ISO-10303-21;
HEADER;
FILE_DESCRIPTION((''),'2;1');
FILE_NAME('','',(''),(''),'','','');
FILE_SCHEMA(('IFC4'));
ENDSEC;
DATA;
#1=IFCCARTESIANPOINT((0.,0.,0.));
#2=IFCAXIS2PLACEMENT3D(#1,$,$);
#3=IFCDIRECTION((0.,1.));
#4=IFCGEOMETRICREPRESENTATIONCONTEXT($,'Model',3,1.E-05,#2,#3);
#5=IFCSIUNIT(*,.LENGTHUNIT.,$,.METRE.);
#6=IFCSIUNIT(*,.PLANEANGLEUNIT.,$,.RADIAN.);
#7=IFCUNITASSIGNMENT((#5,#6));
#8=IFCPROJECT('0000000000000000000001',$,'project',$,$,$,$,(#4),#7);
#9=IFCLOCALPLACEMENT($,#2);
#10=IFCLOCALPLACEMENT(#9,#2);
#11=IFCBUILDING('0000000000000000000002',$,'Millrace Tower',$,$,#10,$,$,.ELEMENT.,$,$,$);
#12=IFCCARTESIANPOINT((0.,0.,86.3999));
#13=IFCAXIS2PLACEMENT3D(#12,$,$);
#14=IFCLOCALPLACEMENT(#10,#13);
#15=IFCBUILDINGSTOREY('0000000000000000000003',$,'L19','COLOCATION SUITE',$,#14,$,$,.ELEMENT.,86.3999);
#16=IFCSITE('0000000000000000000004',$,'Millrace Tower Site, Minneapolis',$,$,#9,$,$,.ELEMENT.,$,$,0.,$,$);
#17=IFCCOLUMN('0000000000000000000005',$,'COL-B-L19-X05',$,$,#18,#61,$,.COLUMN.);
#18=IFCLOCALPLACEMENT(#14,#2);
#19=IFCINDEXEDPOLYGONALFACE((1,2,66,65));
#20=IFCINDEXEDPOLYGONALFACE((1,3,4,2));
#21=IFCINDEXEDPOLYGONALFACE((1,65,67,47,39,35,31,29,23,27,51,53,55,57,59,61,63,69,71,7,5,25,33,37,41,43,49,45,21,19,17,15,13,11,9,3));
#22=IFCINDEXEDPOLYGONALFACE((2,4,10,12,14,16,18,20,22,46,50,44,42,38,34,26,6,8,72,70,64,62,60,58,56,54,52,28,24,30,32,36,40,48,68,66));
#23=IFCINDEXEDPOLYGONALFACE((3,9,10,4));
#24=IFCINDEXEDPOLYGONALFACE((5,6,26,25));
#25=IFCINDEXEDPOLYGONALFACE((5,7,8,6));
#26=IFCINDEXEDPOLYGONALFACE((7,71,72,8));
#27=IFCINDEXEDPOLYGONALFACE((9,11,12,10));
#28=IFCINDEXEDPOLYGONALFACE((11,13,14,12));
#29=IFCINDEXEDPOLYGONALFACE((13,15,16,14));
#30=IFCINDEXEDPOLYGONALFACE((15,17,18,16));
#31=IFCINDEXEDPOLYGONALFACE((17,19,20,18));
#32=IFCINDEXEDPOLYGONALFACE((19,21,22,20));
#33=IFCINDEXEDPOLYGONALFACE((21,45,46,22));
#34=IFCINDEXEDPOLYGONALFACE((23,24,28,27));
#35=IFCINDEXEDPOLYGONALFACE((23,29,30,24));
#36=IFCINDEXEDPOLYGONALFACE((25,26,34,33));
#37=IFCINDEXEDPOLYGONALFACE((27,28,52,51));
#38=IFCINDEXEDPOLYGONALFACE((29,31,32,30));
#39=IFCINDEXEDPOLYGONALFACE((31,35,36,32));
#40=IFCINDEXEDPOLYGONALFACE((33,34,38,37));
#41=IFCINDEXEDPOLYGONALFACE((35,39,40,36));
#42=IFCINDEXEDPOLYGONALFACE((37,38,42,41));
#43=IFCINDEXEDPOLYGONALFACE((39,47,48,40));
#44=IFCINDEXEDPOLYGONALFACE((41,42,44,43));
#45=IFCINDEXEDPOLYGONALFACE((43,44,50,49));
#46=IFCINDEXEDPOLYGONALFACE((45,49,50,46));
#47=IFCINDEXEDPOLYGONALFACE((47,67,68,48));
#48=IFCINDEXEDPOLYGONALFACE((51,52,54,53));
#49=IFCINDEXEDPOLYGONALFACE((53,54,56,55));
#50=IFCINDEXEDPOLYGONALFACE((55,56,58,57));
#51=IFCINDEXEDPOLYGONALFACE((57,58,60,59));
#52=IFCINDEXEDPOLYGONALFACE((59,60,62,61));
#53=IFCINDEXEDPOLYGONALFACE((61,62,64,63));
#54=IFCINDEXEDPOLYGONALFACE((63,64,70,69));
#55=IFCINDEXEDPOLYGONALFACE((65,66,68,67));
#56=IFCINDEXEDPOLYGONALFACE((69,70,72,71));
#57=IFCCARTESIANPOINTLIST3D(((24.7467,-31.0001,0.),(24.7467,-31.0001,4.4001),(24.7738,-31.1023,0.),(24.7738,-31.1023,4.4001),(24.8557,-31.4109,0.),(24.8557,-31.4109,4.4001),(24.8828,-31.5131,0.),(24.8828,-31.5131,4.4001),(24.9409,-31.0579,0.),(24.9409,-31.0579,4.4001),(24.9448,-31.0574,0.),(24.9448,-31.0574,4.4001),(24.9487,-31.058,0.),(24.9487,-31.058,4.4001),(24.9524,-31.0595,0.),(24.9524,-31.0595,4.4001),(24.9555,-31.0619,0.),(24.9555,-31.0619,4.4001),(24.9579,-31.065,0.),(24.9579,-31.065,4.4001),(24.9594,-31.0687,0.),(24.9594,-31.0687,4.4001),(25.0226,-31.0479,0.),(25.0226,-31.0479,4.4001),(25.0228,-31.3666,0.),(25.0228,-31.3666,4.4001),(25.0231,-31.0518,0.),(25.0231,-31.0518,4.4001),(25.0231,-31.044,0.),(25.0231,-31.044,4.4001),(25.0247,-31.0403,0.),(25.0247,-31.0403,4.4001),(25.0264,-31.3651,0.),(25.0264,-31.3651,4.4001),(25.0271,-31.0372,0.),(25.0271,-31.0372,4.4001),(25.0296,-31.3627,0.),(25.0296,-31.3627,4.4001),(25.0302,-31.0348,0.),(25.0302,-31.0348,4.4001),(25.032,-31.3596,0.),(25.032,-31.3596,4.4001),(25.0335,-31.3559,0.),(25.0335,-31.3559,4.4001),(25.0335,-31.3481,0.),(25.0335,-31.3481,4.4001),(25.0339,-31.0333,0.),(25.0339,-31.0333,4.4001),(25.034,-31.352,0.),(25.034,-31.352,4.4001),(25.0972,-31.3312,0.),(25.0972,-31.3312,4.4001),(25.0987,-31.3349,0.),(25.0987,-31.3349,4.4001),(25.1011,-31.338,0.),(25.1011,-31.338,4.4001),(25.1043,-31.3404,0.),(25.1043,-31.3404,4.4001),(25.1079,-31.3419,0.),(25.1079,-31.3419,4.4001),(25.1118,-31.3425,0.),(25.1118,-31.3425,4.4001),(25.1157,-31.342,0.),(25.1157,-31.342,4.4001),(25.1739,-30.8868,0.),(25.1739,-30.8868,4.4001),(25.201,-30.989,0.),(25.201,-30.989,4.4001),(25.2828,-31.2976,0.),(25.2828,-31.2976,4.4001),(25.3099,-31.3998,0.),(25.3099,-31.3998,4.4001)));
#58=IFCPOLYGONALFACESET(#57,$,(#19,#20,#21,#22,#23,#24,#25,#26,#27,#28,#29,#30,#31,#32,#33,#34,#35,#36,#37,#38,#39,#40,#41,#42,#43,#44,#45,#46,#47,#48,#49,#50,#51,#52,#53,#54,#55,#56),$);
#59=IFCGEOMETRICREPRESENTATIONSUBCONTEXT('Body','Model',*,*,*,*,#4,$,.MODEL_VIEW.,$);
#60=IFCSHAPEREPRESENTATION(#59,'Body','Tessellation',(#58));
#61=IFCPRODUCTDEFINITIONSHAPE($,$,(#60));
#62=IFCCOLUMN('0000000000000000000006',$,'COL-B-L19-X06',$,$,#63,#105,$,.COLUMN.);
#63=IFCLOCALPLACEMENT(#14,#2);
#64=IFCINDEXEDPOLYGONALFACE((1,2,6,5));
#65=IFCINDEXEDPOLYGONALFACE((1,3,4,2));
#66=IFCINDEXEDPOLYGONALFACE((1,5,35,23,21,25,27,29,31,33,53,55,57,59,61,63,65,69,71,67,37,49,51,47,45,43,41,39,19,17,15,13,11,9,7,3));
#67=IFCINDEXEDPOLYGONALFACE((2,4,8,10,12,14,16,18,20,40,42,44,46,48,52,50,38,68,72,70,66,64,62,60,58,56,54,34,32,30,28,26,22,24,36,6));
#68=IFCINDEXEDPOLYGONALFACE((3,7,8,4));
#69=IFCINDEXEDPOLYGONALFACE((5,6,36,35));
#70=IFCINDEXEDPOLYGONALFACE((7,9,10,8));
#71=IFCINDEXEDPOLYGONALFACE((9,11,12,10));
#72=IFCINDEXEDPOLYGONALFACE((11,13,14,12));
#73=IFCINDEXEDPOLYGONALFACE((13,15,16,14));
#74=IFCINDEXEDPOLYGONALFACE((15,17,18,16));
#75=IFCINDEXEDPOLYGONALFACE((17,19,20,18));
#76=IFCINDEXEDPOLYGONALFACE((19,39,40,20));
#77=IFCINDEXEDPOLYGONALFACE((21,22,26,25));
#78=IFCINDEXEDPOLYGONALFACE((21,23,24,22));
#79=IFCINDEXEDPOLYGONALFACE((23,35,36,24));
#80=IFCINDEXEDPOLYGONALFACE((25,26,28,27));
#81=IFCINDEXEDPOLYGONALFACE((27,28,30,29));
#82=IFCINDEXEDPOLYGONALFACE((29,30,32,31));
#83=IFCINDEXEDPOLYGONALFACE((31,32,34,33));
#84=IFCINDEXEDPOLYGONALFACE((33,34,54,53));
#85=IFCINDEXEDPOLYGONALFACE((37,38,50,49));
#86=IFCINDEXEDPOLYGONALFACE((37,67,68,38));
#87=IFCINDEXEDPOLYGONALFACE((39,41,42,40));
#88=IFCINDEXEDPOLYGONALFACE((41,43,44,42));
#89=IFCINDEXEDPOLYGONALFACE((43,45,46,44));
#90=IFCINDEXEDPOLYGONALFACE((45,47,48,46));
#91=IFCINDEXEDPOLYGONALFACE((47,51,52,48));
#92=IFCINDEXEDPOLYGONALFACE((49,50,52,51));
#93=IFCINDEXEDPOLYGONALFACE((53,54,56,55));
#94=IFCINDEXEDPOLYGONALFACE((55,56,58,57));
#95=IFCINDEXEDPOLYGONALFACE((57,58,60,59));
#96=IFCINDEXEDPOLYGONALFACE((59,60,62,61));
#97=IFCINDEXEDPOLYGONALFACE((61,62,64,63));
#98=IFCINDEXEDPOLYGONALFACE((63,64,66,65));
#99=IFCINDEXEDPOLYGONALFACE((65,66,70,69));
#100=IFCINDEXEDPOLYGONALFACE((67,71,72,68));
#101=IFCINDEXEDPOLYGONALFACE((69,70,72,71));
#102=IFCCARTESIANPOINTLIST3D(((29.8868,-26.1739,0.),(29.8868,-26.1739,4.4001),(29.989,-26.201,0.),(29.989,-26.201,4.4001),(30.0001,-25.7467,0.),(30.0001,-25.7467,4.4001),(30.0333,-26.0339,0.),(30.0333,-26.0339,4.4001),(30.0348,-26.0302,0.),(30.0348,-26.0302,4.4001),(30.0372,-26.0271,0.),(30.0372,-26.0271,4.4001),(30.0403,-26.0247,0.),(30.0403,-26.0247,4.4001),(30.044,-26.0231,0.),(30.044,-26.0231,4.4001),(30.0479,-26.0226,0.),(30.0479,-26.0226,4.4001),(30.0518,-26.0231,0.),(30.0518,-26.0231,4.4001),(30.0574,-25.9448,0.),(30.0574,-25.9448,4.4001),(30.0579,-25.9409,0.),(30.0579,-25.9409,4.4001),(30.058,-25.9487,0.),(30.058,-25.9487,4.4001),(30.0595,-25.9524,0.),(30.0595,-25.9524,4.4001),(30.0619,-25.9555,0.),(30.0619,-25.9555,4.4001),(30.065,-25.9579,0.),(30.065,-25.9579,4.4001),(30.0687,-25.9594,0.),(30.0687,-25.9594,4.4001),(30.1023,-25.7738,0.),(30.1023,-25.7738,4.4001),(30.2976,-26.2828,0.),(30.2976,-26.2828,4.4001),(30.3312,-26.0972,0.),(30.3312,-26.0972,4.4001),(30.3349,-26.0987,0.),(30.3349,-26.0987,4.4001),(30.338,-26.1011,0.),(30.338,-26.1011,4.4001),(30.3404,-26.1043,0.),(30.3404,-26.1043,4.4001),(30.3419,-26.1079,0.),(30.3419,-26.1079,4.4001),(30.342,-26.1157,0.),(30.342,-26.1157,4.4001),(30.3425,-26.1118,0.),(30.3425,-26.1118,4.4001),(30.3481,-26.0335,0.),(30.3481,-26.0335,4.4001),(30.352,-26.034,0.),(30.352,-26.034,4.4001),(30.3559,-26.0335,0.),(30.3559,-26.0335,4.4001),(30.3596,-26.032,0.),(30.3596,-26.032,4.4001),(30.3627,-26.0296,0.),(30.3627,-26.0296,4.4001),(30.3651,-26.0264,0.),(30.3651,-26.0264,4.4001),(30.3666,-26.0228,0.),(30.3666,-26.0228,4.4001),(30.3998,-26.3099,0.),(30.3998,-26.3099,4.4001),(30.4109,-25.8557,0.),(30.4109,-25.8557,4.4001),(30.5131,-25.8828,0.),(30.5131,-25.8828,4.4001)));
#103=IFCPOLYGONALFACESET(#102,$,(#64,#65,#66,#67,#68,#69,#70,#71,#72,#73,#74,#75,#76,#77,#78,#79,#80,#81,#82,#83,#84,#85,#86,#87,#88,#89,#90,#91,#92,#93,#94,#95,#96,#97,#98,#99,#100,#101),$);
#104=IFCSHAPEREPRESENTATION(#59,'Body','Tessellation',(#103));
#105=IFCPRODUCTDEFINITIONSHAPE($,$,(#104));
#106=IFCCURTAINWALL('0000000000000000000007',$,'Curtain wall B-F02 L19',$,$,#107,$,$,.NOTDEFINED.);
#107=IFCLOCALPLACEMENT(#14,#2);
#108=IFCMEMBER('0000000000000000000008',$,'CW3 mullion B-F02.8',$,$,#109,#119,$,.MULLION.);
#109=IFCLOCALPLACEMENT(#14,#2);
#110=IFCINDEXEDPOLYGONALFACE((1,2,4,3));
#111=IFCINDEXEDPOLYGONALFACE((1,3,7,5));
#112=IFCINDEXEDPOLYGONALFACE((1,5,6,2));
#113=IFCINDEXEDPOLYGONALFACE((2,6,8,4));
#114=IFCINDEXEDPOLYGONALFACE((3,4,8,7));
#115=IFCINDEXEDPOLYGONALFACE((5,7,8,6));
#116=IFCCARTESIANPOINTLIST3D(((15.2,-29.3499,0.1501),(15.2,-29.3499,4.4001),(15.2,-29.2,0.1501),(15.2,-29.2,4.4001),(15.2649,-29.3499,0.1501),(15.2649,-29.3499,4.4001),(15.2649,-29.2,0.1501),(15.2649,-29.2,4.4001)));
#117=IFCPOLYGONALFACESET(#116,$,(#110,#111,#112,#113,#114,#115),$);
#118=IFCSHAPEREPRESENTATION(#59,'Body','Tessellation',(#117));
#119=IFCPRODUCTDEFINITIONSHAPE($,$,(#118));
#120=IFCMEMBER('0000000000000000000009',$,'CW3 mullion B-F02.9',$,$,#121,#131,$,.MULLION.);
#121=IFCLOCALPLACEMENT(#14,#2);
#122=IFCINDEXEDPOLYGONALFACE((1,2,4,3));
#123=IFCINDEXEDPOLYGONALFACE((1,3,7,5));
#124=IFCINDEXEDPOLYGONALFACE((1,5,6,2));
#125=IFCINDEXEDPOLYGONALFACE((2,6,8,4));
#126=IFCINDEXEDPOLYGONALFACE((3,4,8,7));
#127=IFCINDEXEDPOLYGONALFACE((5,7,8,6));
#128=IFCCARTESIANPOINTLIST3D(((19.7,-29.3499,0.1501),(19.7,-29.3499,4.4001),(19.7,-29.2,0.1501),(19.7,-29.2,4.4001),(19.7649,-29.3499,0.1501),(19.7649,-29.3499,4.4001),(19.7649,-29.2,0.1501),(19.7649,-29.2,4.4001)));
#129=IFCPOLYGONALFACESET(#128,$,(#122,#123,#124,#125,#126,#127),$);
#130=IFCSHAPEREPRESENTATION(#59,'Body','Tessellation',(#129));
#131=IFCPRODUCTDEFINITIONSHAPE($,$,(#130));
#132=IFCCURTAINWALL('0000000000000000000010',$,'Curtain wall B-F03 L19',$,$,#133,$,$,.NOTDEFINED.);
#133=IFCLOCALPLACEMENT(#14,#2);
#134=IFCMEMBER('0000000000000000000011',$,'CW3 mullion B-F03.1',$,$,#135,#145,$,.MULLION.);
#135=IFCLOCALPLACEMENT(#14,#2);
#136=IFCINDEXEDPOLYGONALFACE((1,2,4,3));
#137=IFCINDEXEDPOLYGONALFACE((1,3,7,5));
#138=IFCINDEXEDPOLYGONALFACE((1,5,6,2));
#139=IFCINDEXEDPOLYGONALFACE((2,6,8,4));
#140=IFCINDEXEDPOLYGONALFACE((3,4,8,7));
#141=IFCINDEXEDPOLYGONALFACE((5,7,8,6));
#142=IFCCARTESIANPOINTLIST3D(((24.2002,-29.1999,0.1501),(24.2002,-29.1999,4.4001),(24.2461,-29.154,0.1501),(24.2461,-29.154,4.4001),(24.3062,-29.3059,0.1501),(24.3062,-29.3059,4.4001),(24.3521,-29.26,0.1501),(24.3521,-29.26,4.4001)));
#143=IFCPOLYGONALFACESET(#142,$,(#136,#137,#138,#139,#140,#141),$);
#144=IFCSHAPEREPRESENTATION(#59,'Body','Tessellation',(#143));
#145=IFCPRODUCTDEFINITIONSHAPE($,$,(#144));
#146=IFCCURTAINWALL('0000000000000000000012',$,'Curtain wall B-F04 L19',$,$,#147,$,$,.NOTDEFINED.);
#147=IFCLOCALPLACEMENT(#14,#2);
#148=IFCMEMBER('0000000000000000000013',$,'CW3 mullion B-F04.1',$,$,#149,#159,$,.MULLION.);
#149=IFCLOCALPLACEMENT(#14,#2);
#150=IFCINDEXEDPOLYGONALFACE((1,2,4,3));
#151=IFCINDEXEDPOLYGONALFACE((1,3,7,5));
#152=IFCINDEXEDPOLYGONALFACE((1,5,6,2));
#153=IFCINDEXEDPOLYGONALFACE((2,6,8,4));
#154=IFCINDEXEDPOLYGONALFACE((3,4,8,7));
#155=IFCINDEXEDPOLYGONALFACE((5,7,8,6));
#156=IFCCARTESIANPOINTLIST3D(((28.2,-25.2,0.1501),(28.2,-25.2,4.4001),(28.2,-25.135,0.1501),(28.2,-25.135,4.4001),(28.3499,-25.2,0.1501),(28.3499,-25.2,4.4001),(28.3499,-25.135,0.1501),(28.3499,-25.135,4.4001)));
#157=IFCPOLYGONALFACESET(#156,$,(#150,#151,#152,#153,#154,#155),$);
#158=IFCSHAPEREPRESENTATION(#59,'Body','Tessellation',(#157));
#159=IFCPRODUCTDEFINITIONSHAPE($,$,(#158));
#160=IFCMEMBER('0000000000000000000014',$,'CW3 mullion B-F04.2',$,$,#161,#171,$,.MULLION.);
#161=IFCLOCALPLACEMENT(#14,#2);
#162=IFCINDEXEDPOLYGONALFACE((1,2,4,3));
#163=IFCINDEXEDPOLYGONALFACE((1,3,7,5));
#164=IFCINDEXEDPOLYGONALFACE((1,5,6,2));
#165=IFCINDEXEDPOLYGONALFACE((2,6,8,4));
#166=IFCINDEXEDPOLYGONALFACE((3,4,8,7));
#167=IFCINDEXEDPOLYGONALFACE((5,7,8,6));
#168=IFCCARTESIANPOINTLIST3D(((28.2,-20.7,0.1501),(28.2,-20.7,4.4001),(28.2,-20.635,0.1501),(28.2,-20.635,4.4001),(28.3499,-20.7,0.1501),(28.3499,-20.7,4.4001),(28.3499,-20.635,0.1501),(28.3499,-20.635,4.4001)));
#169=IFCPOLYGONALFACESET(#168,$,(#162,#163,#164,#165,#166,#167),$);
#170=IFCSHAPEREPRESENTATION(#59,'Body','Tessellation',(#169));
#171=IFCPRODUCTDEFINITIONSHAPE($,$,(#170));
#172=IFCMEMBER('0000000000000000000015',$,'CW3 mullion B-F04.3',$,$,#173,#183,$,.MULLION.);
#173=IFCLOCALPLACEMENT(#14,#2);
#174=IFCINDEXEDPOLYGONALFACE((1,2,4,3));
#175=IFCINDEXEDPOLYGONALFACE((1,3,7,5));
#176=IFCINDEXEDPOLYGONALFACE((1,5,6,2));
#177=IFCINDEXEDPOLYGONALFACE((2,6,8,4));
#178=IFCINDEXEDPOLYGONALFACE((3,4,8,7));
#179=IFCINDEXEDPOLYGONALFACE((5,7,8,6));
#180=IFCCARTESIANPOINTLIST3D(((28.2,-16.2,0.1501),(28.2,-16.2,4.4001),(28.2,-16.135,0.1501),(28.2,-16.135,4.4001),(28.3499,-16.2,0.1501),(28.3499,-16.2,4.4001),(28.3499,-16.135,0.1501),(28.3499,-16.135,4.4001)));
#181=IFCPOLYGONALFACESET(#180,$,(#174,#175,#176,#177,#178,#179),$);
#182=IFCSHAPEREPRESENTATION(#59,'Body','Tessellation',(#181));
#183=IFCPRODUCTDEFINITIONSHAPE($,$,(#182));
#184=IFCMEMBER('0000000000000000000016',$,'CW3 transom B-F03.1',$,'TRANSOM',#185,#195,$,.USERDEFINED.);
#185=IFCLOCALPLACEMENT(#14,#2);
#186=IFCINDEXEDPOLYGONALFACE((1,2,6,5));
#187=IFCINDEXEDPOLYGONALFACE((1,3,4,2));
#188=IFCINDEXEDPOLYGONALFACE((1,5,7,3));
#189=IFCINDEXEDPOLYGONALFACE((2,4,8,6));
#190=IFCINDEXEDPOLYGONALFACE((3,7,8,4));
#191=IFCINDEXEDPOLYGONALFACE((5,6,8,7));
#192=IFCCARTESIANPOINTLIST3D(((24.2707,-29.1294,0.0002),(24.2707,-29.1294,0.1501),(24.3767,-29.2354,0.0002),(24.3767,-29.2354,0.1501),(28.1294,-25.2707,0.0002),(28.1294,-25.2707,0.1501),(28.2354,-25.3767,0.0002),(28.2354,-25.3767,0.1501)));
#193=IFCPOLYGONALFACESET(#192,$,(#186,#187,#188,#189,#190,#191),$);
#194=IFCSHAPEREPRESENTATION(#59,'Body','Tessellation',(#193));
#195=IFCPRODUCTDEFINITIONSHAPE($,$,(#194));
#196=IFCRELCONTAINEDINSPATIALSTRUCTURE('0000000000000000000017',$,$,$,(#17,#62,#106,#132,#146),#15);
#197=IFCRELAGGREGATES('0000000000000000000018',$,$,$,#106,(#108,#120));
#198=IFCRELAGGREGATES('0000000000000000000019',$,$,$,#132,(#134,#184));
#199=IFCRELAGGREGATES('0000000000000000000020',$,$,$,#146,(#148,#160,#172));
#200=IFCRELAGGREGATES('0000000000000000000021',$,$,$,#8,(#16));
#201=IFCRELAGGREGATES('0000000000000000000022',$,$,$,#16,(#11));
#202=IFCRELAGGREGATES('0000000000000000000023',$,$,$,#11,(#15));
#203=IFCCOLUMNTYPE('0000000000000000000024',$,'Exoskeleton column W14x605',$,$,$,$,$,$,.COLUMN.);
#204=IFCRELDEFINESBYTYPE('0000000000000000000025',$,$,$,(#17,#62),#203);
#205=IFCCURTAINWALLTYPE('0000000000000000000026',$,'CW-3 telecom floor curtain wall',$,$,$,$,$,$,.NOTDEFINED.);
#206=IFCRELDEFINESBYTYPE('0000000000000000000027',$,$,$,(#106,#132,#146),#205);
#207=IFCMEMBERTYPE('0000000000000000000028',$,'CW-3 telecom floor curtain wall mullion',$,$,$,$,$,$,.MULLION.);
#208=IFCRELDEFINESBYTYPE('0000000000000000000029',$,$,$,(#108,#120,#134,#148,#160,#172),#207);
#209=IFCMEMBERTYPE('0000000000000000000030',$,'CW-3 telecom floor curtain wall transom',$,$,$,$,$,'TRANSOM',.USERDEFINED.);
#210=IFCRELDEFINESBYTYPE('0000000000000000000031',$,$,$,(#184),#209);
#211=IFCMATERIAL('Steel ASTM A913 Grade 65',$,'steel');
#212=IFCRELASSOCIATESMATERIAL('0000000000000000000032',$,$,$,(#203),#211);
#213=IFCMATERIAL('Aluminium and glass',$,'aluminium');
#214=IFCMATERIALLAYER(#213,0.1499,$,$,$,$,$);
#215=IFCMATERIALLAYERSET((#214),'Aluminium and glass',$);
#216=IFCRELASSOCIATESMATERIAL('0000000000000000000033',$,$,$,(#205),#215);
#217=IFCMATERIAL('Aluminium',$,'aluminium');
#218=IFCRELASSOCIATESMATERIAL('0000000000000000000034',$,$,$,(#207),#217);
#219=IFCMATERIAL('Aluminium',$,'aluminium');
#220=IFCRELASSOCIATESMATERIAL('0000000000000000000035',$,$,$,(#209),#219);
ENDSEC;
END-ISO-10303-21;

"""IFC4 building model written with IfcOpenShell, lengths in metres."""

from ifc_helpers import new_model, si_unit, direction, frame, origin, origin_2d, place, context, subcontext, project, spatial, rectangle, i_section, extrude, material, layer, layer_set, material_profile, profile_set, type_object, element, aggregate, save


model = new_model("IFC4")

# Units and contexts
model_context = context("Model", 3, precision=1e-05, world=origin(), true_north=direction((0.0, 1.0)))
body_context = subcontext(model_context, "Body", "Model", "MODEL_VIEW")
ifc_project = project(units=[si_unit("LENGTHUNIT", "METRE"), si_unit("PLANEANGLEUNIT", "RADIAN")], contexts=[model_context])

# Site, building, storey
site_placement = place(None, origin())
site = spatial("IfcSite", under=ifc_project, at=site_placement, Name="Millrace Tower Site, Minneapolis", CompositionType="ELEMENT", RefElevation=0.0)
building_placement = place(site_placement, origin())
building = spatial("IfcBuilding", under=site, at=building_placement, Name="Millrace Tower", CompositionType="ELEMENT")
storey_placement = place(building_placement, frame((0.0, 0.0, 86.3999)))
storey = spatial("IfcBuildingStorey", under=building, at=storey_placement, Name="L19", Description="COLOCATION SUITE", CompositionType="ELEMENT", Elevation=86.3999)

# Columns
ifc_material_1 = material(Name="Steel ASTM A913 Grade 65", Category="steel")
ifc_material_profile_1 = material_profile(ifc_material_1, i_section(OverallWidth=0.4419, OverallDepth=0.5308, WebThickness=0.0659, FlangeThickness=0.1057, FilletRadius=0.0151, at=origin_2d()))
ifc_profile_set_1 = profile_set([ifc_material_profile_1], Name="Steel ASTM A913 Grade 65")
column_type = type_object("IfcColumnType", Name="Exoskeleton column W14x605", PredefinedType="COLUMN", material=ifc_profile_set_1)
for number, where, z_axis, x_axis, name in (
    (1, (25.0283, -31.2, 0.0), (0.0, 0.0, 1.0), (0.966585, 0.256347, 0.0), "COL-B-L19-X05"),
    (2, (30.2, -26.0283, 0.0), (0.0, 0.0, 1.0), (0.256347, 0.966585, 0.0), "COL-B-L19-X06"),
):
    element("IfcColumn", number, at=place(storey_placement, frame(where, z_axis=z_axis, x_axis=x_axis)), inside=storey, type_object=column_type, Name=name, PredefinedType="COLUMN", context=body_context, shape_type="SweptSolid", body=[
        extrude(i_section(OverallWidth=0.4419, OverallDepth=0.5308, WebThickness=0.0659, FlangeThickness=0.1057, FilletRadius=0.0151, at=origin_2d()), origin(), (0.0, 0.0, 1.0), 4.4001),
    ])

# Curtain wall, members
ifc_material_2 = material(Name="Aluminium and glass", Category="aluminium")
ifc_layer_1 = layer(ifc_material_2, 0.1499)
ifc_layer_set_1 = layer_set([ifc_layer_1], Name="Aluminium and glass")
curtain_wall_type = type_object("IfcCurtainWallType", Name="CW-3 telecom floor curtain wall", PredefinedType="NOTDEFINED", material=ifc_layer_set_1)
placement = place(storey_placement, origin())
curtain_wall_1 = element("IfcCurtainWall", 3, at=placement, inside=storey, type_object=curtain_wall_type, Name="Curtain wall B-F02 L19", PredefinedType="NOTDEFINED")
ifc_material_3 = material(Name="Aluminium", Category="aluminium")
ifc_material_profile_2 = material_profile(ifc_material_3, rectangle(XDim=0.0649, YDim=0.1499, at=origin_2d()))
ifc_profile_set_2 = profile_set([ifc_material_profile_2], Name="Aluminium")
member_type_1 = type_object("IfcMemberType", Name="CW-3 telecom floor curtain wall mullion", PredefinedType="MULLION", material=ifc_profile_set_2)
member_1_placement = place(storey_placement, frame((15.2324, -29.2749, 0.1501), z_axis=(0.0, 0.0, 1.0), x_axis=(1.0, 0.0, 0.0)))
member_1 = element("IfcMember", 4, at=member_1_placement, type_object=member_type_1, Name="CW3 mullion B-F02.8", PredefinedType="MULLION", context=body_context, shape_type="SweptSolid", body=[
    extrude(rectangle(XDim=0.0649, YDim=0.1499, at=origin_2d()), origin(), (0.0, 0.0, 1.0), 4.25),
])
member_2_placement = place(storey_placement, frame((19.7324, -29.2749, 0.1501), z_axis=(0.0, 0.0, 1.0), x_axis=(1.0, 0.0, 0.0)))
member_2 = element("IfcMember", 5, at=member_2_placement, type_object=member_type_1, Name="CW3 mullion B-F02.9", PredefinedType="MULLION", context=body_context, shape_type="SweptSolid", body=[
    extrude(rectangle(XDim=0.0649, YDim=0.1499, at=origin_2d()), origin(), (0.0, 0.0, 1.0), 4.25),
])
aggregate(curtain_wall_1, [member_1, member_2])

# Curtain wall, member
curtain_wall_2 = element("IfcCurtainWall", 6, at=placement, inside=storey, type_object=curtain_wall_type, Name="Curtain wall B-F03 L19", PredefinedType="NOTDEFINED")
member_3_placement = place(storey_placement, frame((24.2761, -29.23, 0.1501), z_axis=(0.0, 0.0, 1.0), x_axis=(0.707107, 0.707107, 0.0)))
member_3 = element("IfcMember", 7, at=member_3_placement, type_object=member_type_1, Name="CW3 mullion B-F03.1", PredefinedType="MULLION", context=body_context, shape_type="SweptSolid", body=[
    extrude(rectangle(XDim=0.0649, YDim=0.1499, at=origin_2d()), origin(), (0.0, 0.0, 1.0), 4.25),
])

# Curtain wall, members
curtain_wall_3 = element("IfcCurtainWall", 8, at=placement, inside=storey, type_object=curtain_wall_type, Name="Curtain wall B-F04 L19", PredefinedType="NOTDEFINED")
member_4_placement = place(storey_placement, frame((28.2749, -25.1675, 0.1501), z_axis=(0.0, 0.0, 1.0), x_axis=(0.0, 1.0, 0.0)))
member_4 = element("IfcMember", 9, at=member_4_placement, type_object=member_type_1, Name="CW3 mullion B-F04.1", PredefinedType="MULLION", context=body_context, shape_type="SweptSolid", body=[
    extrude(rectangle(XDim=0.0649, YDim=0.1499, at=origin_2d()), origin(), (0.0, 0.0, 1.0), 4.25),
])
member_5_placement = place(storey_placement, frame((28.2749, -20.6675, 0.1501), z_axis=(0.0, 0.0, 1.0), x_axis=(0.0, 1.0, 0.0)))
member_5 = element("IfcMember", 10, at=member_5_placement, type_object=member_type_1, Name="CW3 mullion B-F04.2", PredefinedType="MULLION", context=body_context, shape_type="SweptSolid", body=[
    extrude(rectangle(XDim=0.0649, YDim=0.1499, at=origin_2d()), origin(), (0.0, 0.0, 1.0), 4.25),
])
member_6_placement = place(storey_placement, frame((28.2749, -16.1675, 0.1501), z_axis=(0.0, 0.0, 1.0), x_axis=(0.0, 1.0, 0.0)))
member_6 = element("IfcMember", 11, at=member_6_placement, type_object=member_type_1, Name="CW3 mullion B-F04.3", PredefinedType="MULLION", context=body_context, shape_type="SweptSolid", body=[
    extrude(rectangle(XDim=0.0649, YDim=0.1499, at=origin_2d()), origin(), (0.0, 0.0, 1.0), 4.25),
])

# Member
ifc_material_4 = material(Name="Aluminium", Category="aluminium")
ifc_material_profile_3 = material_profile(ifc_material_4, rectangle(XDim=0.1499, YDim=0.1499, at=origin_2d()))
ifc_profile_set_3 = profile_set([ifc_material_profile_3], Name="Aluminium")
member_type_2 = type_object("IfcMemberType", Name="CW-3 telecom floor curtain wall transom", ElementType="TRANSOM", PredefinedType="USERDEFINED", material=ifc_profile_set_3)
member_7_placement = place(storey_placement, frame((24.3237, -29.1824, 0.0752), z_axis=(0.707107, 0.707107, 0.0), x_axis=(-0.707107, 0.707107, 0.0)))
member_7 = element("IfcMember", 12, at=member_7_placement, type_object=member_type_2, Name="CW3 transom B-F03.1", ObjectType="TRANSOM", PredefinedType="USERDEFINED", context=body_context, shape_type="SweptSolid", body=[
    extrude(rectangle(XDim=0.1499, YDim=0.1499, at=origin_2d()), origin(), (0.0, 0.0, 1.0), 5.457),
])
aggregate(curtain_wall_2, [member_3, member_7])
aggregate(curtain_wall_3, [member_4, member_5, member_6])

save(model, "model.ifc")
